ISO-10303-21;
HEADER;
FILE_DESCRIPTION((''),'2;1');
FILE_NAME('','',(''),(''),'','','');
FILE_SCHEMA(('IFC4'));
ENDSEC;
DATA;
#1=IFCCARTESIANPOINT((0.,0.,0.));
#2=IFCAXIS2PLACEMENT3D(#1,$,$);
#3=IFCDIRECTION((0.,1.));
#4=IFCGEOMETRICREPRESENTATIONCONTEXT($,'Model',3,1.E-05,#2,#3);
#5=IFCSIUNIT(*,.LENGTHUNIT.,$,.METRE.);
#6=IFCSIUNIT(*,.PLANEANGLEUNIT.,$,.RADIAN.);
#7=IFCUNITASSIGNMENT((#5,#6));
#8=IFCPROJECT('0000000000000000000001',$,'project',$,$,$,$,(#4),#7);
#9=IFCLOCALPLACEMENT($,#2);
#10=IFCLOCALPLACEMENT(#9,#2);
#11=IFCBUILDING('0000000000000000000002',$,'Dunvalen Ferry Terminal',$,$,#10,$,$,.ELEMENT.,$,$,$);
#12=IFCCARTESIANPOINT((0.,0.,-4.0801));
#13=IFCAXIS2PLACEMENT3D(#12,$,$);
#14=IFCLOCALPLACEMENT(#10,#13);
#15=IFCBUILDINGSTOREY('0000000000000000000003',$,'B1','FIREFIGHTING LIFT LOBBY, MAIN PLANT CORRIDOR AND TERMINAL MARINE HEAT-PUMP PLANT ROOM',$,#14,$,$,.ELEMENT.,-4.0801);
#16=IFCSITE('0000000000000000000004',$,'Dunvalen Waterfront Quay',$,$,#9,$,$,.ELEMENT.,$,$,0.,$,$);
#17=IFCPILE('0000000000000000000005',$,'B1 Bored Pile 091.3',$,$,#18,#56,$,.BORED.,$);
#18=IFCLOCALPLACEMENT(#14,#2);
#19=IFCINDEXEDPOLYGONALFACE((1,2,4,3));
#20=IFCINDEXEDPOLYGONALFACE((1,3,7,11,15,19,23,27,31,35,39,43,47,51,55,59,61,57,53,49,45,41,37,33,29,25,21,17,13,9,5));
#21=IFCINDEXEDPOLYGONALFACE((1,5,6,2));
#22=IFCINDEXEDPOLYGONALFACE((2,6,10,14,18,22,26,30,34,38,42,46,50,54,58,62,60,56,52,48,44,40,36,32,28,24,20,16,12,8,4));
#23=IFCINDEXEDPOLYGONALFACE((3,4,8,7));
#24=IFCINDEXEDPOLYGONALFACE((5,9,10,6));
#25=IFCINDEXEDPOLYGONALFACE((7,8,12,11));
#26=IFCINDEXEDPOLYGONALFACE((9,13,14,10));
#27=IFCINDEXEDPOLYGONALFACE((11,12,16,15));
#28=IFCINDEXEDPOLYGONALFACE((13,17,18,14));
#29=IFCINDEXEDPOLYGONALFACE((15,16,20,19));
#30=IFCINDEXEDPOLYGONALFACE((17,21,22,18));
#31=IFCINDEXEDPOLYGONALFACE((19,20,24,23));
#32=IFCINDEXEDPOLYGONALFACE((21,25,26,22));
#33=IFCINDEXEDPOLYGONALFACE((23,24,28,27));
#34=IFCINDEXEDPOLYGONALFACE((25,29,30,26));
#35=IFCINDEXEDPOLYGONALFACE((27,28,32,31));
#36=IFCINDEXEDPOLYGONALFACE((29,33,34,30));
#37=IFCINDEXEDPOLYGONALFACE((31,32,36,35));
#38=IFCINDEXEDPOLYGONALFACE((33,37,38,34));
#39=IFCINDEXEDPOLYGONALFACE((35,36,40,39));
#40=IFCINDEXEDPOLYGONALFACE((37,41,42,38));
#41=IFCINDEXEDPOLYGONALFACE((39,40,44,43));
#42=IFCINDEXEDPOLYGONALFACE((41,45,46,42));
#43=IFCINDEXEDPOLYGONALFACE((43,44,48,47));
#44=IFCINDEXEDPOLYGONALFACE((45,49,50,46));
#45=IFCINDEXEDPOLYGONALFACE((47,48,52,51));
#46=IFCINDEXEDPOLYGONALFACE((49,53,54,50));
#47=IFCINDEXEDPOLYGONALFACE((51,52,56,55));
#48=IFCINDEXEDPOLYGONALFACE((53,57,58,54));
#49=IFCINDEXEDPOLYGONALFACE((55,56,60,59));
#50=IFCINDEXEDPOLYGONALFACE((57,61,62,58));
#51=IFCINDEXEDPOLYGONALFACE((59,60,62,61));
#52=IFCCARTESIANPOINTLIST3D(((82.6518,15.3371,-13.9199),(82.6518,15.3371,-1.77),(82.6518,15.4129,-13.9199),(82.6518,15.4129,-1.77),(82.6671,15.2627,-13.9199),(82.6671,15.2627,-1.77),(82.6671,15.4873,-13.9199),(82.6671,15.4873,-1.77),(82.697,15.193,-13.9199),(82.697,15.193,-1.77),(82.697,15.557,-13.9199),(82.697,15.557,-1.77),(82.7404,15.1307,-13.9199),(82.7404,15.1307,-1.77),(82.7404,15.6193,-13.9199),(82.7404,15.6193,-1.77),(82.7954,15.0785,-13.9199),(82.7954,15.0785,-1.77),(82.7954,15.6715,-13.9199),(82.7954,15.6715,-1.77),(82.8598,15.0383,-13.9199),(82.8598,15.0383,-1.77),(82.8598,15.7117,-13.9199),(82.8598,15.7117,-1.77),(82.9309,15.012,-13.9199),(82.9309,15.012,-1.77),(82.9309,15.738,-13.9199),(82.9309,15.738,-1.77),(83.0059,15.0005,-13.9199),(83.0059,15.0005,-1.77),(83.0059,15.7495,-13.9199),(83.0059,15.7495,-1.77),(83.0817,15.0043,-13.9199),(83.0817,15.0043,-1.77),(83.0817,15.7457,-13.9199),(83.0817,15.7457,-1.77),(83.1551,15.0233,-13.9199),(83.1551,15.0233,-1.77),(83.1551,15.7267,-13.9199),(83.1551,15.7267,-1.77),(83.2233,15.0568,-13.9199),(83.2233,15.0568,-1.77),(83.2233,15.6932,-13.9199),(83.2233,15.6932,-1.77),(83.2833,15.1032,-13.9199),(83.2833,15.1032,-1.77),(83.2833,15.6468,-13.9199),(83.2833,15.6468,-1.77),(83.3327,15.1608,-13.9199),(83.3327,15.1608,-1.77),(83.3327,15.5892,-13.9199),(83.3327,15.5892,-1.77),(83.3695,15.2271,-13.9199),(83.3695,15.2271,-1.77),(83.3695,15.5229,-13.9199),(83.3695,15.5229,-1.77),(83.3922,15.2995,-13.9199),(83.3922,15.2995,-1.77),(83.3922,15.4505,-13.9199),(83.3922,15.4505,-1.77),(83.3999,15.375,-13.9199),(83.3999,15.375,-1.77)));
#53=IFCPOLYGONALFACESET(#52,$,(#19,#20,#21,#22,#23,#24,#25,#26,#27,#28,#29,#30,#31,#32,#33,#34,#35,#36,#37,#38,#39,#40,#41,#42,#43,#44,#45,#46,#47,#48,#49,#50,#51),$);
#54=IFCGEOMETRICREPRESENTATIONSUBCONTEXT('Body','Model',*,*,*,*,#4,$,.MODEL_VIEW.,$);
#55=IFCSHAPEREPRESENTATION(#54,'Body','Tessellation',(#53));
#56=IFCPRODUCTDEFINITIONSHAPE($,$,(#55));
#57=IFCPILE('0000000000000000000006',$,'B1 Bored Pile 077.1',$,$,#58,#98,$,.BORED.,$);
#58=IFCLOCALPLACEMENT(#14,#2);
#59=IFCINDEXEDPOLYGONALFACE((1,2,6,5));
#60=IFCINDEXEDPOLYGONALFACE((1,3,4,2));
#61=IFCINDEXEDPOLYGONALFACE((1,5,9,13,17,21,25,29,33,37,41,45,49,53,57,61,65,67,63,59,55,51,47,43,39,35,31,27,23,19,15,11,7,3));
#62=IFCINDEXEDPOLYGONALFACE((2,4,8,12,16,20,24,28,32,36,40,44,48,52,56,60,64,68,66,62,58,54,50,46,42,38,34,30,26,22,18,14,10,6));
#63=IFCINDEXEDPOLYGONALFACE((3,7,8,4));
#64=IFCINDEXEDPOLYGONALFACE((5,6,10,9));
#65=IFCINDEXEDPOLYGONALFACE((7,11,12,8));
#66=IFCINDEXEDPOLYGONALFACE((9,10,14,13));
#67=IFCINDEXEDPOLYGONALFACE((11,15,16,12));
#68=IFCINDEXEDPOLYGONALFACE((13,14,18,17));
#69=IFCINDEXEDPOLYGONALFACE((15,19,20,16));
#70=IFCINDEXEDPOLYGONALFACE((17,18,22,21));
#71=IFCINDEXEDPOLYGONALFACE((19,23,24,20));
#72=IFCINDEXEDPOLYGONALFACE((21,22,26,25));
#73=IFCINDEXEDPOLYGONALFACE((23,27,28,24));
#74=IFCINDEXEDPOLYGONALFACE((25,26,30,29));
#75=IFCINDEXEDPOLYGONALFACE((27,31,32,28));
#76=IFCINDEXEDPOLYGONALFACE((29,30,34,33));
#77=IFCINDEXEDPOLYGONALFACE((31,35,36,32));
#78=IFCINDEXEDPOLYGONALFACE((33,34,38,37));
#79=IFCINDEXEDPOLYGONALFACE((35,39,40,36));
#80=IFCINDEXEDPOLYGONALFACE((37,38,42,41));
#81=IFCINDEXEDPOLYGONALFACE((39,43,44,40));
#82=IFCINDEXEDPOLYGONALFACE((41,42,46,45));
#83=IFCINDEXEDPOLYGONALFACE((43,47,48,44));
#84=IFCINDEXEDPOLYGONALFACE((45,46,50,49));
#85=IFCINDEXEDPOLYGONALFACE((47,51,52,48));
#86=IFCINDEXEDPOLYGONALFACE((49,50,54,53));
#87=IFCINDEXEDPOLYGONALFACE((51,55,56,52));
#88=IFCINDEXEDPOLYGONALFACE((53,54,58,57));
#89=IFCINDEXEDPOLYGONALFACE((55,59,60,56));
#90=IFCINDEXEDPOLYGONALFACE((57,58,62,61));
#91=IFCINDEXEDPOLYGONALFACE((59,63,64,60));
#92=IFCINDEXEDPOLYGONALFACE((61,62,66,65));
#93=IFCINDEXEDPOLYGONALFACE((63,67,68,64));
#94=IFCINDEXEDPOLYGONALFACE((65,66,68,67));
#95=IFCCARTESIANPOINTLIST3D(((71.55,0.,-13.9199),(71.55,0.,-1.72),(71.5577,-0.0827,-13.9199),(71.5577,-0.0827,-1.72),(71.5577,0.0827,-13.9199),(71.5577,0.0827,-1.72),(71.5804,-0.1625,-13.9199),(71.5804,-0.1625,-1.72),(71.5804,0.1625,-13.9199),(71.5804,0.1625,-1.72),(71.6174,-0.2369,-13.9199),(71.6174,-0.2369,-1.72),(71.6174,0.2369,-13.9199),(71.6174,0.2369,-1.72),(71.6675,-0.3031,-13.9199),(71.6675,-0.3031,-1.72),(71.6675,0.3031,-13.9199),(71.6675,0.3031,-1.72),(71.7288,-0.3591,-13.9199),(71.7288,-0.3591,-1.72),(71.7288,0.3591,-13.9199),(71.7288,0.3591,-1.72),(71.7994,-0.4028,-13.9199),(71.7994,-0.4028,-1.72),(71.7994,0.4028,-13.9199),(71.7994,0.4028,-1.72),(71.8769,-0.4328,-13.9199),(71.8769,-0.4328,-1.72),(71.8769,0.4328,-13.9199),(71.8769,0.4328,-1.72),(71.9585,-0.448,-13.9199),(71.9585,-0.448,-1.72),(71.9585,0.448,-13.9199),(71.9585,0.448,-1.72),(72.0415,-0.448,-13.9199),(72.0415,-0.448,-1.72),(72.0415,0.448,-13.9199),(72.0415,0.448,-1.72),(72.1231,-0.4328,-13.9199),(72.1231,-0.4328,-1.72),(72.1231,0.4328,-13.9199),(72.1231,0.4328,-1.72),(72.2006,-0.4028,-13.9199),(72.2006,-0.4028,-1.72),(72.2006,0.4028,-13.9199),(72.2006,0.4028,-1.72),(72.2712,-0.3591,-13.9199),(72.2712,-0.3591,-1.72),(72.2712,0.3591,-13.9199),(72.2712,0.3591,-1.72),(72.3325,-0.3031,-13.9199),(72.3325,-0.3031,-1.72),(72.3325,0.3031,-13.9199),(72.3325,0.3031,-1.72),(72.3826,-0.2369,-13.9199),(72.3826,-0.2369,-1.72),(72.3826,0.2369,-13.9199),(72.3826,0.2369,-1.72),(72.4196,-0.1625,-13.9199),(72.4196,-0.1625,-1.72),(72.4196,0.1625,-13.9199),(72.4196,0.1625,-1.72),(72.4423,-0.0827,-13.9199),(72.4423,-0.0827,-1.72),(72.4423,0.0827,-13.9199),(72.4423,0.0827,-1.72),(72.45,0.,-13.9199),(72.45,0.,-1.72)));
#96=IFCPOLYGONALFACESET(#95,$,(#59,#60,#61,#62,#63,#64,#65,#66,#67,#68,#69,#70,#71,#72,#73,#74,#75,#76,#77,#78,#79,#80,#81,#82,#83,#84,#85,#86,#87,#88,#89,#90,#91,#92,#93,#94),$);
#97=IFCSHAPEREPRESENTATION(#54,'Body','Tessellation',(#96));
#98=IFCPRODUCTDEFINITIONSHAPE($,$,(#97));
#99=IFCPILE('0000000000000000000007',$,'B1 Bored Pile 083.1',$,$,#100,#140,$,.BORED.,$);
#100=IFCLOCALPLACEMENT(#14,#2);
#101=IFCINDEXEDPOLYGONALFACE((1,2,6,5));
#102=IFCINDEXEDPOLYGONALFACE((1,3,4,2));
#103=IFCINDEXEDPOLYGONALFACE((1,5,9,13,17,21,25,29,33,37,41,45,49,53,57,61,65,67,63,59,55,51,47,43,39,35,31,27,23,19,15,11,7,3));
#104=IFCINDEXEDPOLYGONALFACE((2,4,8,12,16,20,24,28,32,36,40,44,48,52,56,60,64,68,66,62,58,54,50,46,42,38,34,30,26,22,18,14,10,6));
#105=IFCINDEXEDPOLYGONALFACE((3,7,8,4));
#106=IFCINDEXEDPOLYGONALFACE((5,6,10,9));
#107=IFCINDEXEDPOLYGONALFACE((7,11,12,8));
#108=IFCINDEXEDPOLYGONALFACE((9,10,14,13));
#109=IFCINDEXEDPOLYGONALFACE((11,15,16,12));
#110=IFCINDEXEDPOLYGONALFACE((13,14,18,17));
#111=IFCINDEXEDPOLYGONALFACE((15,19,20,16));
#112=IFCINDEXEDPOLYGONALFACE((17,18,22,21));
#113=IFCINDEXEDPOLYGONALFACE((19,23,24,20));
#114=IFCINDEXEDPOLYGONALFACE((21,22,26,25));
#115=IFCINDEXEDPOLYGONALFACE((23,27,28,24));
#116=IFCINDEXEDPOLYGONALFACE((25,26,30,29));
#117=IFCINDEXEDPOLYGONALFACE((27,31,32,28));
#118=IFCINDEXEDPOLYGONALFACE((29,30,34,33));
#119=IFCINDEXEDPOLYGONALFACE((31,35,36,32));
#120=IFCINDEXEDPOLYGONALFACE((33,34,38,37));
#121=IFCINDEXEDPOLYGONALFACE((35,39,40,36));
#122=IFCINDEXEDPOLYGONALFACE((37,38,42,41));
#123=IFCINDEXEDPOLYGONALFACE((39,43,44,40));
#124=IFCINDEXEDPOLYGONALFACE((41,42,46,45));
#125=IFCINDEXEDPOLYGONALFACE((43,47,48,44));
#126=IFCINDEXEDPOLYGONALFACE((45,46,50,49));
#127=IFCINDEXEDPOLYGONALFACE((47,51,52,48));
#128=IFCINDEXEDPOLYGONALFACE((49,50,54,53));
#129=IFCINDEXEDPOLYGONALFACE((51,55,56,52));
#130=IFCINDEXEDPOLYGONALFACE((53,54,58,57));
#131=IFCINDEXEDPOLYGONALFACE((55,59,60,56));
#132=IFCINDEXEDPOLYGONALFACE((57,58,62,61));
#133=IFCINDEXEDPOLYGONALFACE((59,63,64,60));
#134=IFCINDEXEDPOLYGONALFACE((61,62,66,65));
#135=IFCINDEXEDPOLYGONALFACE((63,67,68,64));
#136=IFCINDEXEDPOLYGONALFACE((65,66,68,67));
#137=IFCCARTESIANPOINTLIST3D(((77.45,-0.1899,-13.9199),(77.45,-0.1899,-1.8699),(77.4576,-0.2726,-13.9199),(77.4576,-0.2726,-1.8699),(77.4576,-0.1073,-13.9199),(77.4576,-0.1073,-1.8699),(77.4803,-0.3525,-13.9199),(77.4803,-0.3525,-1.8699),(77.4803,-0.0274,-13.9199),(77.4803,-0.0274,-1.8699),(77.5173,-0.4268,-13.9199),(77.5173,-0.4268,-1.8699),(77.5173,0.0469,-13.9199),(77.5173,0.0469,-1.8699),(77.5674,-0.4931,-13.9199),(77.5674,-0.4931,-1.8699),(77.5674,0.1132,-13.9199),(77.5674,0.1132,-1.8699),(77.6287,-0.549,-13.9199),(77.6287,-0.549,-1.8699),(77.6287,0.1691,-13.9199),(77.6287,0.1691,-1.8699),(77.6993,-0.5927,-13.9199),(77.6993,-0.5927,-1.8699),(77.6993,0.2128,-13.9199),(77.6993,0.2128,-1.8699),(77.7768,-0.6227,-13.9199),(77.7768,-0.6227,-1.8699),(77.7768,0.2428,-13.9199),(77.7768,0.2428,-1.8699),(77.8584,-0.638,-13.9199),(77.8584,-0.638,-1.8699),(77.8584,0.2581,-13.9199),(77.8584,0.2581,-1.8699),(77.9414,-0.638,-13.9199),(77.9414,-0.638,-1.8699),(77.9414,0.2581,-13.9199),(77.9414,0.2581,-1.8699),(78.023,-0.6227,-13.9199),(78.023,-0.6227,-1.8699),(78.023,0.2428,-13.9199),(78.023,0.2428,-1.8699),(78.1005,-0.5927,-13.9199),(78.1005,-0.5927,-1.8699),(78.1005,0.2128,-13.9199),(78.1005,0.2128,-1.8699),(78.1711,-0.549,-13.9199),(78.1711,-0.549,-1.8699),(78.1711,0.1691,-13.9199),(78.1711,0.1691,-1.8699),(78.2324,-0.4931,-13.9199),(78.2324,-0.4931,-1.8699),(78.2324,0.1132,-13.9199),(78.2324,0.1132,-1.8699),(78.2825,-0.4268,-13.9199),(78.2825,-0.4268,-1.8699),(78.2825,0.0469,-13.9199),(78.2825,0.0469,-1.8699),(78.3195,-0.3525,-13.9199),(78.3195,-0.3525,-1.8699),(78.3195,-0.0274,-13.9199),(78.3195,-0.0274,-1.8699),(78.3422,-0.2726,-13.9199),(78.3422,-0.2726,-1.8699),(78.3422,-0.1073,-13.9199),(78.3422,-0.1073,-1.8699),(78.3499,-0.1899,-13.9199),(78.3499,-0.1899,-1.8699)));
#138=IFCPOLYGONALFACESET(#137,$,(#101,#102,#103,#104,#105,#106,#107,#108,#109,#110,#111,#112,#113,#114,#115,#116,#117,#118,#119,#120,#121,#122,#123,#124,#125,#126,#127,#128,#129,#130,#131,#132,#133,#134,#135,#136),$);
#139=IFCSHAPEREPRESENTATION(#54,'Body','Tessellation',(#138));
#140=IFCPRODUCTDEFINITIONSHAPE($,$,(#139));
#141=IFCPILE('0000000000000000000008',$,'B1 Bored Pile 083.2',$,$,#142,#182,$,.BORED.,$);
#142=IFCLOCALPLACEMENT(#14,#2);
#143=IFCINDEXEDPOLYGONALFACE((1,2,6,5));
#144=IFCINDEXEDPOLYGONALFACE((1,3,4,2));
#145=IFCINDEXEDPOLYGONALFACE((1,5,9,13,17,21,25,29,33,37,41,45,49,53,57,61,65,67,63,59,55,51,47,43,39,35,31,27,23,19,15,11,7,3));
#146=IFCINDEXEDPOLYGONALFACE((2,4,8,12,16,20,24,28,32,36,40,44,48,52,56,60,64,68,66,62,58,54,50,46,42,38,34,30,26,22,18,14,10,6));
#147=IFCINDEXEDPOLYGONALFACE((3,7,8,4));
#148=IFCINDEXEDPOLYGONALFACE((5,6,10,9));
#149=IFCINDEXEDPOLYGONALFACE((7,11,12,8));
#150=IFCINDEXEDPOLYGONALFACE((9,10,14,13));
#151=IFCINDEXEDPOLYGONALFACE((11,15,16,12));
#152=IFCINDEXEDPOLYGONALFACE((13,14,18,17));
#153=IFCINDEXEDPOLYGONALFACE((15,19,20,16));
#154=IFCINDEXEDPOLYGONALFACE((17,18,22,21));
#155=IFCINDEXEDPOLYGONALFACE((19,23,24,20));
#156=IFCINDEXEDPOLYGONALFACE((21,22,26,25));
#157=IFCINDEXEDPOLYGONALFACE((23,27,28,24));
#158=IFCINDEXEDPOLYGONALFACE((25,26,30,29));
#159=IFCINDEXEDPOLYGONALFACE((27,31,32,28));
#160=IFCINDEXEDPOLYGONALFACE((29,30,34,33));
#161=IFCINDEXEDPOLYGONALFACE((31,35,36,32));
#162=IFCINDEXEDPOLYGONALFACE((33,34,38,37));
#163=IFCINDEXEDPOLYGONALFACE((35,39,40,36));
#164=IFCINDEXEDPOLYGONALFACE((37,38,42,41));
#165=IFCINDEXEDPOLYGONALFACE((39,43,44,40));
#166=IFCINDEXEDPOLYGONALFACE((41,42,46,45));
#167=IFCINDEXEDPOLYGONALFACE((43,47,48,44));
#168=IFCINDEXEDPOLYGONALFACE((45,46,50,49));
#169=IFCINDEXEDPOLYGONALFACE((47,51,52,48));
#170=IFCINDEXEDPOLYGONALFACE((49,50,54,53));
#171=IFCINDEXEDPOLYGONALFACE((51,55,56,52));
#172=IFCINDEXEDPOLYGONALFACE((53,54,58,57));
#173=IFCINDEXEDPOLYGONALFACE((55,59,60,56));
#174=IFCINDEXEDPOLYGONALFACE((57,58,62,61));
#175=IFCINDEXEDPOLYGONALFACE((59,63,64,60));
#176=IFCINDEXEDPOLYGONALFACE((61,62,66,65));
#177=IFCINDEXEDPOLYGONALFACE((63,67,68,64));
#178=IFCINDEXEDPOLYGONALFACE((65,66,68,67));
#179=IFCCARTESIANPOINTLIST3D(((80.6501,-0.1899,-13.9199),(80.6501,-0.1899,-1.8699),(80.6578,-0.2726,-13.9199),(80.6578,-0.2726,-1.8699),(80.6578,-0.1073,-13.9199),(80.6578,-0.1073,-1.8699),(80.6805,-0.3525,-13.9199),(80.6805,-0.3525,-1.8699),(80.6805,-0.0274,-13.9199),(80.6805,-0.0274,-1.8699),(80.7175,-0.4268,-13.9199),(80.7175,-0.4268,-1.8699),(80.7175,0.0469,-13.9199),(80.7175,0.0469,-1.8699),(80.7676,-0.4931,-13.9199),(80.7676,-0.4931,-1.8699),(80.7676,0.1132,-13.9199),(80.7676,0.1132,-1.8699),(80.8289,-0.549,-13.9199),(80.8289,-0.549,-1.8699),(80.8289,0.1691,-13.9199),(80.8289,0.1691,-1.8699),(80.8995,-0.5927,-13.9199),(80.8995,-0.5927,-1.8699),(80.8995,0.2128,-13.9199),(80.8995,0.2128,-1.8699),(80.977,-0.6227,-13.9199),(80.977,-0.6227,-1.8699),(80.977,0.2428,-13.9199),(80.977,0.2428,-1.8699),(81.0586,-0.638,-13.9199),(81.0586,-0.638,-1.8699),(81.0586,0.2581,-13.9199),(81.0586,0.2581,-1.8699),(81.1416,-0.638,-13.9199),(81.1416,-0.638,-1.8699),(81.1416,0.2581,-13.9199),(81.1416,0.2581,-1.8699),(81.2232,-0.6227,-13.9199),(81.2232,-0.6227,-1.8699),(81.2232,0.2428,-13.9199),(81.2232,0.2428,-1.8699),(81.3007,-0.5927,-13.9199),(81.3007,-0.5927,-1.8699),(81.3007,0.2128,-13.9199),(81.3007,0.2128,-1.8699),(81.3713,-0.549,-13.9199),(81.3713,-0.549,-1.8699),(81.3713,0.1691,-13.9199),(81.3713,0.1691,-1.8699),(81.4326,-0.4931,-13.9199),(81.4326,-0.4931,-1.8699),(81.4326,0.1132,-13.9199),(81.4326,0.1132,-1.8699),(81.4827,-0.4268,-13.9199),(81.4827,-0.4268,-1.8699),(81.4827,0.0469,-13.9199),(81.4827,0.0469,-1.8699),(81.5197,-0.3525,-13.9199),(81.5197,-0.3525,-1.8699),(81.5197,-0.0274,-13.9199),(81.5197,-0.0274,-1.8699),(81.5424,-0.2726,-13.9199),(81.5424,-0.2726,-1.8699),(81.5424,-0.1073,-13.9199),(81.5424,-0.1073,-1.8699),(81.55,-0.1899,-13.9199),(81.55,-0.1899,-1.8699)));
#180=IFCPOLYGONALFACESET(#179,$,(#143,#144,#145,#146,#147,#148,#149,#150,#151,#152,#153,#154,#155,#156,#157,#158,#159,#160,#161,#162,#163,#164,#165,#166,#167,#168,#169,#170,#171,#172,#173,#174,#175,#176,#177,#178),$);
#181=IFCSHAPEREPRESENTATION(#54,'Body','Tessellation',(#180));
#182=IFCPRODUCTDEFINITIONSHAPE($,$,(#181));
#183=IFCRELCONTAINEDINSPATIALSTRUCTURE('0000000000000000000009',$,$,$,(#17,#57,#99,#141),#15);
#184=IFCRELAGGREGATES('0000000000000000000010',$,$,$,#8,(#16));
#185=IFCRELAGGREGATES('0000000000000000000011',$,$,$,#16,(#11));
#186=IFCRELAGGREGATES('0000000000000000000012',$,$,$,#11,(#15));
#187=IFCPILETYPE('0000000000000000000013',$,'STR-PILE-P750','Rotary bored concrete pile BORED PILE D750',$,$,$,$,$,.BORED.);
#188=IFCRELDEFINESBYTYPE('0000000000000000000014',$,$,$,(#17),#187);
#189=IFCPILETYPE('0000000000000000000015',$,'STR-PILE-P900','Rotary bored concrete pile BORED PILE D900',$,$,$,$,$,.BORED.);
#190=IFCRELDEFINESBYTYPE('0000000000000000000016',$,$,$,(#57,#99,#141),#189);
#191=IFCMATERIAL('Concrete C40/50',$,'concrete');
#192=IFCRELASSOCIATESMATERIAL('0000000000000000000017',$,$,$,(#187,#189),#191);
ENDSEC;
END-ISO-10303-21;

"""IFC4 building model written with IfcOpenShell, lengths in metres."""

from ifc_helpers import new_model, si_unit, direction, frame, origin, origin_2d, place, context, subcontext, project, spatial, circle, extrude, material, material_profile, profile_set, type_object, element, save


model = new_model("IFC4")

# Units and contexts
model_context = context("Model", 3, precision=1e-05, world=origin(), true_north=direction((0.0, 1.0)))
body_context = subcontext(model_context, "Body", "Model", "MODEL_VIEW")
ifc_project = project(units=[si_unit("LENGTHUNIT", "METRE"), si_unit("PLANEANGLEUNIT", "RADIAN")], contexts=[model_context])

# Site, building, storey
site_placement = place(None, origin())
site = spatial("IfcSite", under=ifc_project, at=site_placement, Name="Dunvalen Waterfront Quay", CompositionType="ELEMENT", RefElevation=0.0)
building_placement = place(site_placement, origin())
building = spatial("IfcBuilding", under=site, at=building_placement, Name="Dunvalen Ferry Terminal", CompositionType="ELEMENT")
storey_placement = place(building_placement, frame((0.0, 0.0, -4.0801)))
storey = spatial("IfcBuildingStorey", under=building, at=storey_placement, Name="B1", Description="FIREFIGHTING LIFT LOBBY, MAIN PLANT CORRIDOR AND TERMINAL MARINE HEAT-PUMP PLANT ROOM", CompositionType="ELEMENT", Elevation=-4.0801)

# Shared definitions
ifc_material = material(Name="Concrete C40/50", Category="concrete")

# Piles
ifc_material_profile_1 = material_profile(ifc_material, circle(Radius=0.375, at=origin_2d()), Name="Concrete C40/50")
ifc_profile_set_1 = profile_set([ifc_material_profile_1], Name="Concrete C40/50")
pile_type_1 = type_object("IfcPileType", Name="STR-PILE-P750", Description="Rotary bored concrete pile BORED PILE D750", PredefinedType="BORED", material=ifc_profile_set_1)
for number, where, z_axis, x_axis, name in (
    (1, (83.0249, 15.375, -1.77), (0.0, 0.0, -1.0), (1.0, 0.0, 0.0), "B1 Bored Pile 091.3"),
):
    element("IfcPile", number, at=place(storey_placement, frame(where, z_axis=z_axis, x_axis=x_axis)), inside=storey, type_object=pile_type_1, Name=name, PredefinedType="BORED", context=body_context, shape_type="SweptSolid", body=[
        extrude(circle(Radius=0.375, at=origin_2d()), origin(), (0.0, 0.0, 1.0), 12.1499),
    ])
ifc_material_profile_2 = material_profile(ifc_material, circle(Radius=0.45, at=origin_2d()), Name="Concrete C40/50")
ifc_profile_set_2 = profile_set([ifc_material_profile_2], Name="Concrete C40/50")
pile_type_2 = type_object("IfcPileType", Name="STR-PILE-P900", Description="Rotary bored concrete pile BORED PILE D900", PredefinedType="BORED", material=ifc_profile_set_2)
pile_1_placement = place(storey_placement, frame((72.0, 0.0, -1.72), z_axis=(0.0, 0.0, -1.0), x_axis=(1.0, 0.0, 0.0)))
element("IfcPile", 2, at=pile_1_placement, inside=storey, type_object=pile_type_2, Name="B1 Bored Pile 077.1", PredefinedType="BORED", context=body_context, shape_type="SweptSolid", body=[
    extrude(circle(Radius=0.45, at=origin_2d()), origin(), (0.0, 0.0, 1.0), 12.2),
])
for number, where, z_axis, x_axis, name in (
    (3, (77.8999, -0.1899, -1.8699), (0.0, 0.0, -1.0), (1.0, 0.0, 0.0), "B1 Bored Pile 083.1"),
    (4, (81.1001, -0.1899, -1.8699), (0.0, 0.0, -1.0), (1.0, 0.0, 0.0), "B1 Bored Pile 083.2"),
):
    element("IfcPile", number, at=place(storey_placement, frame(where, z_axis=z_axis, x_axis=x_axis)), inside=storey, type_object=pile_type_2, Name=name, PredefinedType="BORED", context=body_context, shape_type="SweptSolid", body=[
        extrude(circle(Radius=0.45, at=origin_2d()), origin(), (0.0, 0.0, 1.0), 12.05),
    ])

save(model, "model.ifc")
